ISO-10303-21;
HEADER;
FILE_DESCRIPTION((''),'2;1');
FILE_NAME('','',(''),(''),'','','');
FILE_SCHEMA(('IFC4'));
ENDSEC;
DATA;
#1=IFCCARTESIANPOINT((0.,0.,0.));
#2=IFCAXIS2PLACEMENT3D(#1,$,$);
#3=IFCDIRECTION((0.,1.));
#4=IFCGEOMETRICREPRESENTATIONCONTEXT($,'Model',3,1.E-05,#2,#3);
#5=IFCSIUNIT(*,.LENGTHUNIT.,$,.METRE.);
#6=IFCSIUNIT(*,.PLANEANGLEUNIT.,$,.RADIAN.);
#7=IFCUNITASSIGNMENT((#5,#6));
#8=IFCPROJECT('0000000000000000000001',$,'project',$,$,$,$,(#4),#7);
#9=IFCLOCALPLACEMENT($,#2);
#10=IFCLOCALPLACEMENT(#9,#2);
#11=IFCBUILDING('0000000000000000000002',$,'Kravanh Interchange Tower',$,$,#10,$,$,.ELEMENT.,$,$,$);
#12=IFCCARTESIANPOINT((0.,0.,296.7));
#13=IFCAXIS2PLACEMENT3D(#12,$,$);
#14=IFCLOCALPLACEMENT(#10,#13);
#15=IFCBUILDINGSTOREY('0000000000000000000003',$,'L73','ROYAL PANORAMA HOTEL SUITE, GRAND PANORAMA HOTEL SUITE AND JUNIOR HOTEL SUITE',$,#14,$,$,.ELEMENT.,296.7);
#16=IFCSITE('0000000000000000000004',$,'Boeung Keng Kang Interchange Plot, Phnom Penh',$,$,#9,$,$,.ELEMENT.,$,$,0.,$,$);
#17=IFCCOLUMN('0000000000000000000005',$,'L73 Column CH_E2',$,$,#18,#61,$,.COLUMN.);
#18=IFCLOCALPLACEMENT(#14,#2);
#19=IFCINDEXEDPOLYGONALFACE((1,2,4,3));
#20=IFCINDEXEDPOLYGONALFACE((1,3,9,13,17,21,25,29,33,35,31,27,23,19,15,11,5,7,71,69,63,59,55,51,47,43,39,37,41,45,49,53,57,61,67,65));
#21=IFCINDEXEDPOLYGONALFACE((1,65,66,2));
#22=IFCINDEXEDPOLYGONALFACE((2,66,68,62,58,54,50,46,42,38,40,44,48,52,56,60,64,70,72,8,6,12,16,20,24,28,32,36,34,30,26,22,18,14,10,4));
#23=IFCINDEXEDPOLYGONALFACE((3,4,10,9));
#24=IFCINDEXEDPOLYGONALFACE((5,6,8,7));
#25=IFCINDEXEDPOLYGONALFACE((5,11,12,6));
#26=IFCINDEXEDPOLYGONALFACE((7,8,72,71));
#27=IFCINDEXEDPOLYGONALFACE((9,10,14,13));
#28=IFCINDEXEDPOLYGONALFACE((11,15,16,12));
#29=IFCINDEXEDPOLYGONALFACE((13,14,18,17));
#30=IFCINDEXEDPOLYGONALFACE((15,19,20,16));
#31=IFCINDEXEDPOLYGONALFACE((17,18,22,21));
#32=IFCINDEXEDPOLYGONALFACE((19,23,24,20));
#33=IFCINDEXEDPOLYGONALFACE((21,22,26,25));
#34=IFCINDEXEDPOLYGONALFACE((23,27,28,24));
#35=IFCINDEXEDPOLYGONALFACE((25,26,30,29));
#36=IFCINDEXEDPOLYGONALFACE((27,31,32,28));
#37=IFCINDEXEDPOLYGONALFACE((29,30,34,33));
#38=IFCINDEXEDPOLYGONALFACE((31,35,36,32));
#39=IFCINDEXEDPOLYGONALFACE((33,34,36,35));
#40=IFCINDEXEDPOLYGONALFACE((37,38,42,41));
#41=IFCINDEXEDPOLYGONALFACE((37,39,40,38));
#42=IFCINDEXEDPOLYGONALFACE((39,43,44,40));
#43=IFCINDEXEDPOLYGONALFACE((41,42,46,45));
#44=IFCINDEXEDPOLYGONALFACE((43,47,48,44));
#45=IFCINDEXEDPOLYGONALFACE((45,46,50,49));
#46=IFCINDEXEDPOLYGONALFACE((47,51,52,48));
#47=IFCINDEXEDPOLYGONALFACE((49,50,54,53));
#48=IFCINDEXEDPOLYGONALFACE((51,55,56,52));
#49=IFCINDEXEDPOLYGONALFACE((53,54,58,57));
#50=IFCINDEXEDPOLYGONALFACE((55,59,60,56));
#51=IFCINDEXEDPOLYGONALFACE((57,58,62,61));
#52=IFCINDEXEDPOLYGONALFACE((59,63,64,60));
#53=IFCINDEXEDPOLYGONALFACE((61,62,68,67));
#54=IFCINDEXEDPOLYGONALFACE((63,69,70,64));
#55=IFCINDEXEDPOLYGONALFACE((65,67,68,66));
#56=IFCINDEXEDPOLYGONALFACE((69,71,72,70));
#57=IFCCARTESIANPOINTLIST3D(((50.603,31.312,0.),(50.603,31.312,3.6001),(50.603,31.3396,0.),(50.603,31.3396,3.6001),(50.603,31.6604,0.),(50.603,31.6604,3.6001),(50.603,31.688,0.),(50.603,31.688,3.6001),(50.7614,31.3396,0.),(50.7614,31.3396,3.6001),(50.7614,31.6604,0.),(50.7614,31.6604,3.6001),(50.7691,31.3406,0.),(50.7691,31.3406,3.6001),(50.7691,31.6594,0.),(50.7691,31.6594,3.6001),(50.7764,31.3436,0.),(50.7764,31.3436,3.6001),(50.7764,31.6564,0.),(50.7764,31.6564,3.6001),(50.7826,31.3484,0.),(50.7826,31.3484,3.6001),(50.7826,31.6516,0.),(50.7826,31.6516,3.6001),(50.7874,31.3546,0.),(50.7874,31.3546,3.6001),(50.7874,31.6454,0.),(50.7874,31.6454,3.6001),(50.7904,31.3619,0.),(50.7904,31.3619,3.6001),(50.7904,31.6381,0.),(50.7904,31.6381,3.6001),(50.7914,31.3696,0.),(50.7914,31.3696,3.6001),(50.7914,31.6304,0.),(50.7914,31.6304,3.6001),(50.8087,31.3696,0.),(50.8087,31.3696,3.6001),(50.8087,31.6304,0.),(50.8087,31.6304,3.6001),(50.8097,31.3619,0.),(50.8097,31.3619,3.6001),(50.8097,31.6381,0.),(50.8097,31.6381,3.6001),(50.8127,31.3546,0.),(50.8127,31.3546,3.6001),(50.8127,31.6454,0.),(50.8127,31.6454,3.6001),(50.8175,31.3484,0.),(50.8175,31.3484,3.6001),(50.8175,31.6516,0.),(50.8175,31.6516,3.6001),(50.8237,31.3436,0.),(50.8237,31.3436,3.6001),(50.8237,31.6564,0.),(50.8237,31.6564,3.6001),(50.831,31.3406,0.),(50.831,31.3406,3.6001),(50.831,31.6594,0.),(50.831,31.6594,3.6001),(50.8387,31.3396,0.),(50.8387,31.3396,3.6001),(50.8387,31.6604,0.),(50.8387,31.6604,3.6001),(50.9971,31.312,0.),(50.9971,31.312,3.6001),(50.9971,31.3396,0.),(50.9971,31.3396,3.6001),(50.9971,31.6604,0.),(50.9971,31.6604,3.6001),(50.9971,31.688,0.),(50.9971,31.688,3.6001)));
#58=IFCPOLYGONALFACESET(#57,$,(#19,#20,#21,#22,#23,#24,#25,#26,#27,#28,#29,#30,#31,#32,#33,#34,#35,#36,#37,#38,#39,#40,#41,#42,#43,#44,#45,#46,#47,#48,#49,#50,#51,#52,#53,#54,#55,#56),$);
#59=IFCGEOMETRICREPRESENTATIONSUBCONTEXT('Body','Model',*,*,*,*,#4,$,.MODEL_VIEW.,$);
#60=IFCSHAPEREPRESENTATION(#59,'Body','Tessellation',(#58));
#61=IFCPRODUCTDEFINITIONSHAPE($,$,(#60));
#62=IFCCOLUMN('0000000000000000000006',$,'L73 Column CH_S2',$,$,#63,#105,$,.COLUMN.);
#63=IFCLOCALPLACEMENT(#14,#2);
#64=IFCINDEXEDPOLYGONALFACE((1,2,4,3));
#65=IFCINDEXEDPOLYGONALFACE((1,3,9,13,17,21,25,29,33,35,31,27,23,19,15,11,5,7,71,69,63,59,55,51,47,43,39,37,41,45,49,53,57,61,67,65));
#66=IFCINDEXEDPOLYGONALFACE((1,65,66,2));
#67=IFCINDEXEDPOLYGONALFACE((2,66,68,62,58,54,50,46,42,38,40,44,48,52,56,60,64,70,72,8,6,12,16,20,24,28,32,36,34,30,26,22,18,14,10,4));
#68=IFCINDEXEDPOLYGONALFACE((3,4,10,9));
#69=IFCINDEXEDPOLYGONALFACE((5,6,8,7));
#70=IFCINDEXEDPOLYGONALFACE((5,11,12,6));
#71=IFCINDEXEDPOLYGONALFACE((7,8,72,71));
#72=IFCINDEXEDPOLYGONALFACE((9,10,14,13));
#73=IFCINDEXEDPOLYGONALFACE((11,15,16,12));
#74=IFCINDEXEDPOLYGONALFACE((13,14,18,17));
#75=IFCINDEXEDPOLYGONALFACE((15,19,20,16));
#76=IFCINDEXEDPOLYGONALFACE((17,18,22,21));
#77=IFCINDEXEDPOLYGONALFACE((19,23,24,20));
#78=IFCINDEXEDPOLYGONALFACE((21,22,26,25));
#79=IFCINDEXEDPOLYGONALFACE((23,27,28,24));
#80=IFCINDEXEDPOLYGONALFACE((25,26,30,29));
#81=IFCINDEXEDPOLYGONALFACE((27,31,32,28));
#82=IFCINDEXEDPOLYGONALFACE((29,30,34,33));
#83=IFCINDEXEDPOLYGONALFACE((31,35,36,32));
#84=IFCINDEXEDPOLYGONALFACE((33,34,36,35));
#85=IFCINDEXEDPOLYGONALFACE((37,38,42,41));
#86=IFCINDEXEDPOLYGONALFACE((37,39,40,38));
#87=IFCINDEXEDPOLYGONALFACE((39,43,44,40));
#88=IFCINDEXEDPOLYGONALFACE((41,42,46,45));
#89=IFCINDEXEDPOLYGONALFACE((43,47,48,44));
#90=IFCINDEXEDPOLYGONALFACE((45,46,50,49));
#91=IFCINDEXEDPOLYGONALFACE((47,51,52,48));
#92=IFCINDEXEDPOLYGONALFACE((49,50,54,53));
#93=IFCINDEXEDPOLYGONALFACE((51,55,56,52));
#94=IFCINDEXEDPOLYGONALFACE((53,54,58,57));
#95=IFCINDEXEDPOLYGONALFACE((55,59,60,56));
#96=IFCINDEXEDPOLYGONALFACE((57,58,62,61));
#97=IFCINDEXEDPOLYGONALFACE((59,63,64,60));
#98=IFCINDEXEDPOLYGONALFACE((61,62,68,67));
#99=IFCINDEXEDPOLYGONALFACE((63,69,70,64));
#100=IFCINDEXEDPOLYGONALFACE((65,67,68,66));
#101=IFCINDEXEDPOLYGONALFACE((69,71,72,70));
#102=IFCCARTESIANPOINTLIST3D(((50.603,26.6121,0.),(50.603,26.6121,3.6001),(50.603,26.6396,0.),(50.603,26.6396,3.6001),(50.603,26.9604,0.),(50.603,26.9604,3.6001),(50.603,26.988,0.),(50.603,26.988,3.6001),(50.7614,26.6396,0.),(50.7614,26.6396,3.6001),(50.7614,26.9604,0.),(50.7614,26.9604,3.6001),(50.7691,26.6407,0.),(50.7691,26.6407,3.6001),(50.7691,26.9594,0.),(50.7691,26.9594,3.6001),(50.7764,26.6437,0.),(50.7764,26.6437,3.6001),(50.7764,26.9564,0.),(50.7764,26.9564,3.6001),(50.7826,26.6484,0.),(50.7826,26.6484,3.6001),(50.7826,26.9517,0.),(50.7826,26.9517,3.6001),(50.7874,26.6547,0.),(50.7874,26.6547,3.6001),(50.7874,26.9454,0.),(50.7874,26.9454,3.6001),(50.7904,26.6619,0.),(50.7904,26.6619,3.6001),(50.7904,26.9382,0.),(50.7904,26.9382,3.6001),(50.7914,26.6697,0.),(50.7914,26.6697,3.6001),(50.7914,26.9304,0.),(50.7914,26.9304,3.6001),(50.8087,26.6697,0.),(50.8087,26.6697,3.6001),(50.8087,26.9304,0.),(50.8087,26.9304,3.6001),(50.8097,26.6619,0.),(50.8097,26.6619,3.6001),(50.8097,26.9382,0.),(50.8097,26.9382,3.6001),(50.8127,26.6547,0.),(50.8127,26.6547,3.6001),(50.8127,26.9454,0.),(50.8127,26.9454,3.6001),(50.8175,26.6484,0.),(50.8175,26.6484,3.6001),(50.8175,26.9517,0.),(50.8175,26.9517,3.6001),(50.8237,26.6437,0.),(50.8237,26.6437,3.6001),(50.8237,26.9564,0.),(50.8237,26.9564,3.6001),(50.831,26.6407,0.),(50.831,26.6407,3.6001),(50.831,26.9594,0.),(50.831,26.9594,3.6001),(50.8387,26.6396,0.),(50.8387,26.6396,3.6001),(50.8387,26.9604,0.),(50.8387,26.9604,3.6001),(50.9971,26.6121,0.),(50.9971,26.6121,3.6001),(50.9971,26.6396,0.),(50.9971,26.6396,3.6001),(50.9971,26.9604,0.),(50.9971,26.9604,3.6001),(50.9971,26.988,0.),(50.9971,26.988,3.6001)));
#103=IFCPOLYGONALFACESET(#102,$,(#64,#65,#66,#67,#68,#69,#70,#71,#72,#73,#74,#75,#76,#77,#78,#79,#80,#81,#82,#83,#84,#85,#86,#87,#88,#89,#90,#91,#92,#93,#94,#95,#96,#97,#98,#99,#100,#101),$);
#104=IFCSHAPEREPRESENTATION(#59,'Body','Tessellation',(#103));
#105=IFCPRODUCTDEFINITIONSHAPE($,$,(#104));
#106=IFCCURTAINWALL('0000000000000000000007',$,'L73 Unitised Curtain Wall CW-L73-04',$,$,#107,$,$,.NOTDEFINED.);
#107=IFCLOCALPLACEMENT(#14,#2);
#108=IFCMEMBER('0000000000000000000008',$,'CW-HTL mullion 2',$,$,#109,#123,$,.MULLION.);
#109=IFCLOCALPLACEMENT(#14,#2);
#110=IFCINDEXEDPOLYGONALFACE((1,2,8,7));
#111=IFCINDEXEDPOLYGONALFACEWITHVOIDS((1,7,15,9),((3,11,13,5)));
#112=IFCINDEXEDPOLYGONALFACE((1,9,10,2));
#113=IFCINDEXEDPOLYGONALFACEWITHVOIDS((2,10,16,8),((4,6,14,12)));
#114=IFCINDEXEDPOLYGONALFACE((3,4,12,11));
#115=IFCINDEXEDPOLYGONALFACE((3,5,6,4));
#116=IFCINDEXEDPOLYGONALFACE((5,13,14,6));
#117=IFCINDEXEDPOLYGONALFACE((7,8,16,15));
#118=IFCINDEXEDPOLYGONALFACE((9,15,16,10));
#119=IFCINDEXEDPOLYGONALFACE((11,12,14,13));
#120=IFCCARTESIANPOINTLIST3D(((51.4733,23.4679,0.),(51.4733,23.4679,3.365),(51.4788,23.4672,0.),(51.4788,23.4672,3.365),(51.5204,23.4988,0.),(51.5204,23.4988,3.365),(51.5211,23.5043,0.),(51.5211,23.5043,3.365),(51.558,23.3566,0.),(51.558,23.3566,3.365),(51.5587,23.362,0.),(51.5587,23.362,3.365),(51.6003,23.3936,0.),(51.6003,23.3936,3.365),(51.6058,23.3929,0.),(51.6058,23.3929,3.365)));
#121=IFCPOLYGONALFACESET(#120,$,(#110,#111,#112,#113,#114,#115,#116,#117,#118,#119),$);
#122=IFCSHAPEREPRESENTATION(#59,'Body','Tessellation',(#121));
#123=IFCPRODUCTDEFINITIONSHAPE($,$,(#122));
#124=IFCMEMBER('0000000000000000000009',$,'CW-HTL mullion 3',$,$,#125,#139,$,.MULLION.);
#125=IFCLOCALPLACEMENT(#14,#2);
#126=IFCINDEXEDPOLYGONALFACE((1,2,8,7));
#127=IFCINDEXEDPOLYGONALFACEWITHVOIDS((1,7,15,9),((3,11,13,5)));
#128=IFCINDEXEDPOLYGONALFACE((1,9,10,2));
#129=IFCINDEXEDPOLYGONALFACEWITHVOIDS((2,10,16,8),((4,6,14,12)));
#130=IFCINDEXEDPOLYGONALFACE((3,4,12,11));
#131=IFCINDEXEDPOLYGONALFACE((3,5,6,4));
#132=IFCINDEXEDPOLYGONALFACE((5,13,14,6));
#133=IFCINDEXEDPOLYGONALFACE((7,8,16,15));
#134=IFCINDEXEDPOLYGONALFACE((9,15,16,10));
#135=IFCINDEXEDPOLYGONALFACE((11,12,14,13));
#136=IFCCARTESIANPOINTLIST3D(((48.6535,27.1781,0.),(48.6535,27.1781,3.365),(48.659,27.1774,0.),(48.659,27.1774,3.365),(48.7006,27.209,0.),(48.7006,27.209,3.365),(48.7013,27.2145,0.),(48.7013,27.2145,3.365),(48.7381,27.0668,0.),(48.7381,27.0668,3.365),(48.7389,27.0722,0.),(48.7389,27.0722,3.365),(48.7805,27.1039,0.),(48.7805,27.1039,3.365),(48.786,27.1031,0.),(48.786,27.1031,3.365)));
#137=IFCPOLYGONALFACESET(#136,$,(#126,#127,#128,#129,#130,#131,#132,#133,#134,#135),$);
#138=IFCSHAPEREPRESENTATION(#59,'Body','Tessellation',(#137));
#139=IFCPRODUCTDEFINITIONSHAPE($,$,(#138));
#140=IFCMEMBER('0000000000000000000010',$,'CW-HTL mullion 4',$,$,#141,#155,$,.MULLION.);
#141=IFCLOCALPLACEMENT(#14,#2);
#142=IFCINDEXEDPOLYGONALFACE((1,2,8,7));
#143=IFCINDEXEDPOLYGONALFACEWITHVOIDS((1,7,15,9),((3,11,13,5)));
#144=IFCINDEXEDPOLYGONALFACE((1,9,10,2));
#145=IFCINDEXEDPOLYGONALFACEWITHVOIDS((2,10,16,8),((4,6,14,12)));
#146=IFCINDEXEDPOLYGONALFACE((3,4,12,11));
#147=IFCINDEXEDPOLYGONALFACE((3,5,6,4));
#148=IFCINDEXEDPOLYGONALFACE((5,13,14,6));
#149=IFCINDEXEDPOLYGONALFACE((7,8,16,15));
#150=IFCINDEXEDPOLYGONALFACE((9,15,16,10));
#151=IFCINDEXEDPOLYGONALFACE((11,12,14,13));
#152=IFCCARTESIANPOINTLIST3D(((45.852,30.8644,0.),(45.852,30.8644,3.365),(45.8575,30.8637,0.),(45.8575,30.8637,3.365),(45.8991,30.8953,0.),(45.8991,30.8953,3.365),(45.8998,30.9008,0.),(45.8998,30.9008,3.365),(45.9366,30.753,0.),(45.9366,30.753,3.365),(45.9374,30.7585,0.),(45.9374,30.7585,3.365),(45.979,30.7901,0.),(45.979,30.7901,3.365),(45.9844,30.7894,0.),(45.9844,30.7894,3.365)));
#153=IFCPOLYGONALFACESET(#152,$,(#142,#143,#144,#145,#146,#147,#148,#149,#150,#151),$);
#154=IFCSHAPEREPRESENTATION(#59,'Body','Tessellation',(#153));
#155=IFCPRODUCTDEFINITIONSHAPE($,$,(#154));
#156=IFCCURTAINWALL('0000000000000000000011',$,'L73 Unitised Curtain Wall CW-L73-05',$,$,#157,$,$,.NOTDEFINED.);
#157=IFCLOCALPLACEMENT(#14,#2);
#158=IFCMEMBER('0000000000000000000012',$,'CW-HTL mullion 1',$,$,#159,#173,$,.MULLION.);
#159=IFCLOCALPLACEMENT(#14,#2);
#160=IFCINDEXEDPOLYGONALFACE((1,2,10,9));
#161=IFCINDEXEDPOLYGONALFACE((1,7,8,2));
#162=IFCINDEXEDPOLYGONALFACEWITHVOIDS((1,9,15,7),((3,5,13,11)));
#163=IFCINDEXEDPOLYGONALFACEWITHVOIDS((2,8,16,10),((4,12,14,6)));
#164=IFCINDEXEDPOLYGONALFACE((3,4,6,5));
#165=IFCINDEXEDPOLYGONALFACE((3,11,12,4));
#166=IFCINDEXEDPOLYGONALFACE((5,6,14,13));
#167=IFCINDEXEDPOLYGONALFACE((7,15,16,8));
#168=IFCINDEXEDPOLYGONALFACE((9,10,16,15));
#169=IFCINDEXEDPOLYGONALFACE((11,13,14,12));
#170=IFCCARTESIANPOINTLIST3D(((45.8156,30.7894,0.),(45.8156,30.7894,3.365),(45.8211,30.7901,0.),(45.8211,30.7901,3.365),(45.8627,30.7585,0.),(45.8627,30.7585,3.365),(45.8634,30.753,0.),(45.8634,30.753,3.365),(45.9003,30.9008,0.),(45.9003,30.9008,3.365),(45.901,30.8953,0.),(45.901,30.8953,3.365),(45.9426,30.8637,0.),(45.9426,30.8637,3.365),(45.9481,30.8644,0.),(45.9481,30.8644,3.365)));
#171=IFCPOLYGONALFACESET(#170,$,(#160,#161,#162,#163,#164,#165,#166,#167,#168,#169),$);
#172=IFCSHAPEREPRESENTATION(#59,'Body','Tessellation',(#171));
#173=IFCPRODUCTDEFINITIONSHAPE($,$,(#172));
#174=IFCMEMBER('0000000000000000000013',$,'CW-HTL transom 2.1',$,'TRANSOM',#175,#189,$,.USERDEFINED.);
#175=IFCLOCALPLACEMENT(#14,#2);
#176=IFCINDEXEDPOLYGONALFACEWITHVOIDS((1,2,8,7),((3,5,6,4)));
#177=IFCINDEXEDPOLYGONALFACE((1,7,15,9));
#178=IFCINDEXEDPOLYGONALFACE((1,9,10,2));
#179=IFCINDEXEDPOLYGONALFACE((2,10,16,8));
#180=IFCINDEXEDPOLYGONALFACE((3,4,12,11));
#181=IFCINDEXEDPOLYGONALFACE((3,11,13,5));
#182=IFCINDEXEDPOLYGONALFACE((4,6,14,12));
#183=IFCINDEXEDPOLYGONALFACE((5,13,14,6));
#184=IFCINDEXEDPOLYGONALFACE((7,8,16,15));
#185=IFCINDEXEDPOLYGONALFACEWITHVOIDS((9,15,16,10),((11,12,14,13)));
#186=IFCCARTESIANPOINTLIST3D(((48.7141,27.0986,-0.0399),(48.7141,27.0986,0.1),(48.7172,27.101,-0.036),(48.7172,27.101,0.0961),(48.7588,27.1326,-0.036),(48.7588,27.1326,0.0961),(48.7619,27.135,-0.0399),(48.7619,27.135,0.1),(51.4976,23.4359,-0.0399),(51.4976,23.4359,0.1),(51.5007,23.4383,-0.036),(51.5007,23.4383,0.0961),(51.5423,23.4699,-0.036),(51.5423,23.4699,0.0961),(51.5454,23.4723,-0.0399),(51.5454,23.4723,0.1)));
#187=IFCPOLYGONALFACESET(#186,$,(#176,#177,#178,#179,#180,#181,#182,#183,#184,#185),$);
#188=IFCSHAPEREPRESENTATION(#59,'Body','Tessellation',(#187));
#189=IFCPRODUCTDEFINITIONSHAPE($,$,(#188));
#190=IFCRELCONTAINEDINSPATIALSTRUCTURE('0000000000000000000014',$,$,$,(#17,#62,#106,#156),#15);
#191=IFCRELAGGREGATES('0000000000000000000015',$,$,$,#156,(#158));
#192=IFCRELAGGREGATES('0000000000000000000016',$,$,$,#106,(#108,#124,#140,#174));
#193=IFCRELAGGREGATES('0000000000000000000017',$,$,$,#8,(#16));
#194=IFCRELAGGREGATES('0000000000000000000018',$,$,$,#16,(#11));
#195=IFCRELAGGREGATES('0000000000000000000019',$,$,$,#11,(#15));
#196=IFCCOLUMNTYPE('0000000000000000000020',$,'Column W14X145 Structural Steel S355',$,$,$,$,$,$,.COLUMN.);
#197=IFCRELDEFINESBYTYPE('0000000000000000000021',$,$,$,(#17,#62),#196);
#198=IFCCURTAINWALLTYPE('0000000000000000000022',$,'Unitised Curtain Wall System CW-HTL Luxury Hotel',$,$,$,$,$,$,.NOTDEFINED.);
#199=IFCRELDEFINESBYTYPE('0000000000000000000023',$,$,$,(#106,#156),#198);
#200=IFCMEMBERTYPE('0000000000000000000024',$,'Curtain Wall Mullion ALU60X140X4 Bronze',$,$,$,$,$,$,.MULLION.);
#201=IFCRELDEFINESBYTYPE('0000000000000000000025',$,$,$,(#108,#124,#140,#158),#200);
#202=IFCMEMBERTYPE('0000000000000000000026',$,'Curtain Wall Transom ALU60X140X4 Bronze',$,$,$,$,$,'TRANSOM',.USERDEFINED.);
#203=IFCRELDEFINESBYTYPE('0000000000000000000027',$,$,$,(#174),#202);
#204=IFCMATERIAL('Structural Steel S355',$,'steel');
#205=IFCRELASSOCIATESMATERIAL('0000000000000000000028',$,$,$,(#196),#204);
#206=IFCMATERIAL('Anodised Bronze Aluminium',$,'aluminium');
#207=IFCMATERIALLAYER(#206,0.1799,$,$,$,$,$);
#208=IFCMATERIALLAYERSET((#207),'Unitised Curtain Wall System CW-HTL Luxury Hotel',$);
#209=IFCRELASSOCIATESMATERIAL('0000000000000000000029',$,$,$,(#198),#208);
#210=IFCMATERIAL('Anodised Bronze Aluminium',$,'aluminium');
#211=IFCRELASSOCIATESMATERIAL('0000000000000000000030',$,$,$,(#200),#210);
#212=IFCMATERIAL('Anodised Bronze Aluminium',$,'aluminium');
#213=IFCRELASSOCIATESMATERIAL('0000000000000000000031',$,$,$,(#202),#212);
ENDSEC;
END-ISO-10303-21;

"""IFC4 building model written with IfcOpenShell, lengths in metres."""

from ifc_helpers import new_model, si_unit, direction, frame, origin, origin_2d, place, context, subcontext, project, spatial, hollow_rectangle, i_section, extrude, material, layer, layer_set, material_profile, profile_set, type_object, element, aggregate, save


model = new_model("IFC4")

# Units and contexts
model_context = context("Model", 3, precision=1e-05, world=origin(), true_north=direction((0.0, 1.0)))
body_context = subcontext(model_context, "Body", "Model", "MODEL_VIEW")
ifc_project = project(units=[si_unit("LENGTHUNIT", "METRE"), si_unit("PLANEANGLEUNIT", "RADIAN")], contexts=[model_context])

# Site, building, storey
site_placement = place(None, origin())
site = spatial("IfcSite", under=ifc_project, at=site_placement, Name="Boeung Keng Kang Interchange Plot, Phnom Penh", CompositionType="ELEMENT", RefElevation=0.0)
building_placement = place(site_placement, origin())
building = spatial("IfcBuilding", under=site, at=building_placement, Name="Kravanh Interchange Tower", CompositionType="ELEMENT")
storey_placement = place(building_placement, frame((0.0, 0.0, 296.7)))
storey = spatial("IfcBuildingStorey", under=building, at=storey_placement, Name="L73", Description="ROYAL PANORAMA HOTEL SUITE, GRAND PANORAMA HOTEL SUITE AND JUNIOR HOTEL SUITE", CompositionType="ELEMENT", Elevation=296.7)

# Columns
ifc_material_1 = material(Name="Structural Steel S355", Category="steel")
ifc_material_profile_1 = material_profile(ifc_material_1, i_section(OverallWidth=0.394, OverallDepth=0.376, WebThickness=0.0173, FlangeThickness=0.0276, FilletRadius=0.03, at=origin_2d()), Name="W14X145")
ifc_profile_set_1 = profile_set([ifc_material_profile_1], Name="Structural Steel S355")
column_type = type_object("IfcColumnType", Name="Column W14X145 Structural Steel S355", PredefinedType="COLUMN", material=ifc_profile_set_1)
for number, where, z_axis, x_axis, name in (
    (1, (50.8, 31.5, 0.0), (0.0, 0.0, 1.0), (1.0, 0.0, 0.0), "L73 Column CH_E2"),
    (2, (50.8, 26.8, 0.0), (0.0, 0.0, 1.0), (1.0, 0.0, 0.0), "L73 Column CH_S2"),
):
    element("IfcColumn", number, at=place(storey_placement, frame(where, z_axis=z_axis, x_axis=x_axis)), inside=storey, type_object=column_type, Name=name, PredefinedType="COLUMN", context=body_context, shape_type="SweptSolid", body=[
        extrude(i_section(OverallWidth=0.394, OverallDepth=0.376, WebThickness=0.0173, FlangeThickness=0.0276, FilletRadius=0.03, at=origin_2d()), origin(), (0.0, 0.0, 1.0), 3.6001),
    ])

# Curtain wall, members
ifc_material_2 = material(Name="Anodised Bronze Aluminium", Category="aluminium")
ifc_layer_1 = layer(ifc_material_2, 0.1799)
ifc_layer_set_1 = layer_set([ifc_layer_1], Name="Unitised Curtain Wall System CW-HTL Luxury Hotel")
curtain_wall_type = type_object("IfcCurtainWallType", Name="Unitised Curtain Wall System CW-HTL Luxury Hotel", PredefinedType="NOTDEFINED", material=ifc_layer_set_1)
curtain_wall_1_placement = place(storey_placement, origin())
curtain_wall_1 = element("IfcCurtainWall", 3, at=curtain_wall_1_placement, inside=storey, type_object=curtain_wall_type, Name="L73 Unitised Curtain Wall CW-L73-04", PredefinedType="NOTDEFINED")
ifc_material_3 = material(Name="Anodised Bronze Aluminium", Category="aluminium")
ifc_material_profile_2 = material_profile(ifc_material_3, hollow_rectangle(XDim=0.0601, YDim=0.1399, WallThickness=0.0039, at=origin_2d()), Name="ALU60X140X4")
ifc_profile_set_2 = profile_set([ifc_material_profile_2], Name="Anodised Bronze Aluminium")
member_type_1 = type_object("IfcMemberType", Name="Curtain Wall Mullion ALU60X140X4 Bronze", PredefinedType="MULLION", material=ifc_profile_set_2)
member_1_placement = place(storey_placement, frame((51.5396, 23.4304, 0.0), z_axis=(0.0, 0.0, 1.0), x_axis=(-0.796162, -0.605084, 0.0)))
member_1 = element("IfcMember", 4, at=member_1_placement, type_object=member_type_1, Name="CW-HTL mullion 2", PredefinedType="MULLION", context=body_context, shape_type="SweptSolid", body=[
    extrude(hollow_rectangle(XDim=0.0601, YDim=0.1399, WallThickness=0.0039, at=origin_2d()), origin(), (0.0, 0.0, 1.0), 3.365),
])
member_2_placement = place(storey_placement, frame((48.7197, 27.1406, 0.0), z_axis=(0.0, 0.0, 1.0), x_axis=(-0.796162, -0.605084, 0.0)))
member_2 = element("IfcMember", 5, at=member_2_placement, type_object=member_type_1, Name="CW-HTL mullion 3", PredefinedType="MULLION", context=body_context, shape_type="SweptSolid", body=[
    extrude(hollow_rectangle(XDim=0.0601, YDim=0.1399, WallThickness=0.0039, at=origin_2d()), origin(), (0.0, 0.0, 1.0), 3.365),
])
member_3_placement = place(storey_placement, frame((45.9182, 30.8269, 0.0), z_axis=(0.0, 0.0, 1.0), x_axis=(-0.796162, -0.605084, 0.0)))
member_3 = element("IfcMember", 6, at=member_3_placement, type_object=member_type_1, Name="CW-HTL mullion 4", PredefinedType="MULLION", context=body_context, shape_type="SweptSolid", body=[
    extrude(hollow_rectangle(XDim=0.0601, YDim=0.1399, WallThickness=0.0039, at=origin_2d()), origin(), (0.0, 0.0, 1.0), 3.365),
])

# Curtain wall, member
curtain_wall_2_placement = place(storey_placement, origin())
curtain_wall_2 = element("IfcCurtainWall", 7, at=curtain_wall_2_placement, inside=storey, type_object=curtain_wall_type, Name="L73 Unitised Curtain Wall CW-L73-05", PredefinedType="NOTDEFINED")
member_4_placement = place(storey_placement, frame((45.8818, 30.8269, 0.0), z_axis=(0.0, 0.0, 1.0), x_axis=(0.796162, -0.605084, 0.0)))
member_4 = element("IfcMember", 8, at=member_4_placement, type_object=member_type_1, Name="CW-HTL mullion 1", PredefinedType="MULLION", context=body_context, shape_type="SweptSolid", body=[
    extrude(hollow_rectangle(XDim=0.0601, YDim=0.1399, WallThickness=0.0039, at=origin_2d()), origin(), (0.0, 0.0, 1.0), 3.365),
])

# Member
ifc_material_4 = material(Name="Anodised Bronze Aluminium", Category="aluminium")
ifc_material_profile_3 = material_profile(ifc_material_4, hollow_rectangle(XDim=0.0601, YDim=0.1399, WallThickness=0.0039, at=origin_2d()), Name="ALU60X140X4")
ifc_profile_set_3 = profile_set([ifc_material_profile_3], Name="Anodised Bronze Aluminium")
member_type_2 = type_object("IfcMemberType", Name="Curtain Wall Transom ALU60X140X4 Bronze", ElementType="TRANSOM", PredefinedType="USERDEFINED", material=ifc_profile_set_3)
member_5_placement = place(storey_placement, frame((51.5215, 23.4541, 0.03), z_axis=(-0.605066, 0.796175, 0.0), x_axis=(-0.796175, -0.605066, 0.0)))
member_5 = element("IfcMember", 9, at=member_5_placement, type_object=member_type_2, Name="CW-HTL transom 2.1", ObjectType="TRANSOM", PredefinedType="USERDEFINED", context=body_context, shape_type="SweptSolid", body=[
    extrude(hollow_rectangle(XDim=0.0601, YDim=0.1399, WallThickness=0.0039, at=origin_2d()), origin(), (0.0, 0.0, 1.0), 4.6003),
])
aggregate(curtain_wall_2, [member_4])

aggregate(curtain_wall_1, [member_1, member_2, member_3, member_5])

save(model, "model.ifc")
